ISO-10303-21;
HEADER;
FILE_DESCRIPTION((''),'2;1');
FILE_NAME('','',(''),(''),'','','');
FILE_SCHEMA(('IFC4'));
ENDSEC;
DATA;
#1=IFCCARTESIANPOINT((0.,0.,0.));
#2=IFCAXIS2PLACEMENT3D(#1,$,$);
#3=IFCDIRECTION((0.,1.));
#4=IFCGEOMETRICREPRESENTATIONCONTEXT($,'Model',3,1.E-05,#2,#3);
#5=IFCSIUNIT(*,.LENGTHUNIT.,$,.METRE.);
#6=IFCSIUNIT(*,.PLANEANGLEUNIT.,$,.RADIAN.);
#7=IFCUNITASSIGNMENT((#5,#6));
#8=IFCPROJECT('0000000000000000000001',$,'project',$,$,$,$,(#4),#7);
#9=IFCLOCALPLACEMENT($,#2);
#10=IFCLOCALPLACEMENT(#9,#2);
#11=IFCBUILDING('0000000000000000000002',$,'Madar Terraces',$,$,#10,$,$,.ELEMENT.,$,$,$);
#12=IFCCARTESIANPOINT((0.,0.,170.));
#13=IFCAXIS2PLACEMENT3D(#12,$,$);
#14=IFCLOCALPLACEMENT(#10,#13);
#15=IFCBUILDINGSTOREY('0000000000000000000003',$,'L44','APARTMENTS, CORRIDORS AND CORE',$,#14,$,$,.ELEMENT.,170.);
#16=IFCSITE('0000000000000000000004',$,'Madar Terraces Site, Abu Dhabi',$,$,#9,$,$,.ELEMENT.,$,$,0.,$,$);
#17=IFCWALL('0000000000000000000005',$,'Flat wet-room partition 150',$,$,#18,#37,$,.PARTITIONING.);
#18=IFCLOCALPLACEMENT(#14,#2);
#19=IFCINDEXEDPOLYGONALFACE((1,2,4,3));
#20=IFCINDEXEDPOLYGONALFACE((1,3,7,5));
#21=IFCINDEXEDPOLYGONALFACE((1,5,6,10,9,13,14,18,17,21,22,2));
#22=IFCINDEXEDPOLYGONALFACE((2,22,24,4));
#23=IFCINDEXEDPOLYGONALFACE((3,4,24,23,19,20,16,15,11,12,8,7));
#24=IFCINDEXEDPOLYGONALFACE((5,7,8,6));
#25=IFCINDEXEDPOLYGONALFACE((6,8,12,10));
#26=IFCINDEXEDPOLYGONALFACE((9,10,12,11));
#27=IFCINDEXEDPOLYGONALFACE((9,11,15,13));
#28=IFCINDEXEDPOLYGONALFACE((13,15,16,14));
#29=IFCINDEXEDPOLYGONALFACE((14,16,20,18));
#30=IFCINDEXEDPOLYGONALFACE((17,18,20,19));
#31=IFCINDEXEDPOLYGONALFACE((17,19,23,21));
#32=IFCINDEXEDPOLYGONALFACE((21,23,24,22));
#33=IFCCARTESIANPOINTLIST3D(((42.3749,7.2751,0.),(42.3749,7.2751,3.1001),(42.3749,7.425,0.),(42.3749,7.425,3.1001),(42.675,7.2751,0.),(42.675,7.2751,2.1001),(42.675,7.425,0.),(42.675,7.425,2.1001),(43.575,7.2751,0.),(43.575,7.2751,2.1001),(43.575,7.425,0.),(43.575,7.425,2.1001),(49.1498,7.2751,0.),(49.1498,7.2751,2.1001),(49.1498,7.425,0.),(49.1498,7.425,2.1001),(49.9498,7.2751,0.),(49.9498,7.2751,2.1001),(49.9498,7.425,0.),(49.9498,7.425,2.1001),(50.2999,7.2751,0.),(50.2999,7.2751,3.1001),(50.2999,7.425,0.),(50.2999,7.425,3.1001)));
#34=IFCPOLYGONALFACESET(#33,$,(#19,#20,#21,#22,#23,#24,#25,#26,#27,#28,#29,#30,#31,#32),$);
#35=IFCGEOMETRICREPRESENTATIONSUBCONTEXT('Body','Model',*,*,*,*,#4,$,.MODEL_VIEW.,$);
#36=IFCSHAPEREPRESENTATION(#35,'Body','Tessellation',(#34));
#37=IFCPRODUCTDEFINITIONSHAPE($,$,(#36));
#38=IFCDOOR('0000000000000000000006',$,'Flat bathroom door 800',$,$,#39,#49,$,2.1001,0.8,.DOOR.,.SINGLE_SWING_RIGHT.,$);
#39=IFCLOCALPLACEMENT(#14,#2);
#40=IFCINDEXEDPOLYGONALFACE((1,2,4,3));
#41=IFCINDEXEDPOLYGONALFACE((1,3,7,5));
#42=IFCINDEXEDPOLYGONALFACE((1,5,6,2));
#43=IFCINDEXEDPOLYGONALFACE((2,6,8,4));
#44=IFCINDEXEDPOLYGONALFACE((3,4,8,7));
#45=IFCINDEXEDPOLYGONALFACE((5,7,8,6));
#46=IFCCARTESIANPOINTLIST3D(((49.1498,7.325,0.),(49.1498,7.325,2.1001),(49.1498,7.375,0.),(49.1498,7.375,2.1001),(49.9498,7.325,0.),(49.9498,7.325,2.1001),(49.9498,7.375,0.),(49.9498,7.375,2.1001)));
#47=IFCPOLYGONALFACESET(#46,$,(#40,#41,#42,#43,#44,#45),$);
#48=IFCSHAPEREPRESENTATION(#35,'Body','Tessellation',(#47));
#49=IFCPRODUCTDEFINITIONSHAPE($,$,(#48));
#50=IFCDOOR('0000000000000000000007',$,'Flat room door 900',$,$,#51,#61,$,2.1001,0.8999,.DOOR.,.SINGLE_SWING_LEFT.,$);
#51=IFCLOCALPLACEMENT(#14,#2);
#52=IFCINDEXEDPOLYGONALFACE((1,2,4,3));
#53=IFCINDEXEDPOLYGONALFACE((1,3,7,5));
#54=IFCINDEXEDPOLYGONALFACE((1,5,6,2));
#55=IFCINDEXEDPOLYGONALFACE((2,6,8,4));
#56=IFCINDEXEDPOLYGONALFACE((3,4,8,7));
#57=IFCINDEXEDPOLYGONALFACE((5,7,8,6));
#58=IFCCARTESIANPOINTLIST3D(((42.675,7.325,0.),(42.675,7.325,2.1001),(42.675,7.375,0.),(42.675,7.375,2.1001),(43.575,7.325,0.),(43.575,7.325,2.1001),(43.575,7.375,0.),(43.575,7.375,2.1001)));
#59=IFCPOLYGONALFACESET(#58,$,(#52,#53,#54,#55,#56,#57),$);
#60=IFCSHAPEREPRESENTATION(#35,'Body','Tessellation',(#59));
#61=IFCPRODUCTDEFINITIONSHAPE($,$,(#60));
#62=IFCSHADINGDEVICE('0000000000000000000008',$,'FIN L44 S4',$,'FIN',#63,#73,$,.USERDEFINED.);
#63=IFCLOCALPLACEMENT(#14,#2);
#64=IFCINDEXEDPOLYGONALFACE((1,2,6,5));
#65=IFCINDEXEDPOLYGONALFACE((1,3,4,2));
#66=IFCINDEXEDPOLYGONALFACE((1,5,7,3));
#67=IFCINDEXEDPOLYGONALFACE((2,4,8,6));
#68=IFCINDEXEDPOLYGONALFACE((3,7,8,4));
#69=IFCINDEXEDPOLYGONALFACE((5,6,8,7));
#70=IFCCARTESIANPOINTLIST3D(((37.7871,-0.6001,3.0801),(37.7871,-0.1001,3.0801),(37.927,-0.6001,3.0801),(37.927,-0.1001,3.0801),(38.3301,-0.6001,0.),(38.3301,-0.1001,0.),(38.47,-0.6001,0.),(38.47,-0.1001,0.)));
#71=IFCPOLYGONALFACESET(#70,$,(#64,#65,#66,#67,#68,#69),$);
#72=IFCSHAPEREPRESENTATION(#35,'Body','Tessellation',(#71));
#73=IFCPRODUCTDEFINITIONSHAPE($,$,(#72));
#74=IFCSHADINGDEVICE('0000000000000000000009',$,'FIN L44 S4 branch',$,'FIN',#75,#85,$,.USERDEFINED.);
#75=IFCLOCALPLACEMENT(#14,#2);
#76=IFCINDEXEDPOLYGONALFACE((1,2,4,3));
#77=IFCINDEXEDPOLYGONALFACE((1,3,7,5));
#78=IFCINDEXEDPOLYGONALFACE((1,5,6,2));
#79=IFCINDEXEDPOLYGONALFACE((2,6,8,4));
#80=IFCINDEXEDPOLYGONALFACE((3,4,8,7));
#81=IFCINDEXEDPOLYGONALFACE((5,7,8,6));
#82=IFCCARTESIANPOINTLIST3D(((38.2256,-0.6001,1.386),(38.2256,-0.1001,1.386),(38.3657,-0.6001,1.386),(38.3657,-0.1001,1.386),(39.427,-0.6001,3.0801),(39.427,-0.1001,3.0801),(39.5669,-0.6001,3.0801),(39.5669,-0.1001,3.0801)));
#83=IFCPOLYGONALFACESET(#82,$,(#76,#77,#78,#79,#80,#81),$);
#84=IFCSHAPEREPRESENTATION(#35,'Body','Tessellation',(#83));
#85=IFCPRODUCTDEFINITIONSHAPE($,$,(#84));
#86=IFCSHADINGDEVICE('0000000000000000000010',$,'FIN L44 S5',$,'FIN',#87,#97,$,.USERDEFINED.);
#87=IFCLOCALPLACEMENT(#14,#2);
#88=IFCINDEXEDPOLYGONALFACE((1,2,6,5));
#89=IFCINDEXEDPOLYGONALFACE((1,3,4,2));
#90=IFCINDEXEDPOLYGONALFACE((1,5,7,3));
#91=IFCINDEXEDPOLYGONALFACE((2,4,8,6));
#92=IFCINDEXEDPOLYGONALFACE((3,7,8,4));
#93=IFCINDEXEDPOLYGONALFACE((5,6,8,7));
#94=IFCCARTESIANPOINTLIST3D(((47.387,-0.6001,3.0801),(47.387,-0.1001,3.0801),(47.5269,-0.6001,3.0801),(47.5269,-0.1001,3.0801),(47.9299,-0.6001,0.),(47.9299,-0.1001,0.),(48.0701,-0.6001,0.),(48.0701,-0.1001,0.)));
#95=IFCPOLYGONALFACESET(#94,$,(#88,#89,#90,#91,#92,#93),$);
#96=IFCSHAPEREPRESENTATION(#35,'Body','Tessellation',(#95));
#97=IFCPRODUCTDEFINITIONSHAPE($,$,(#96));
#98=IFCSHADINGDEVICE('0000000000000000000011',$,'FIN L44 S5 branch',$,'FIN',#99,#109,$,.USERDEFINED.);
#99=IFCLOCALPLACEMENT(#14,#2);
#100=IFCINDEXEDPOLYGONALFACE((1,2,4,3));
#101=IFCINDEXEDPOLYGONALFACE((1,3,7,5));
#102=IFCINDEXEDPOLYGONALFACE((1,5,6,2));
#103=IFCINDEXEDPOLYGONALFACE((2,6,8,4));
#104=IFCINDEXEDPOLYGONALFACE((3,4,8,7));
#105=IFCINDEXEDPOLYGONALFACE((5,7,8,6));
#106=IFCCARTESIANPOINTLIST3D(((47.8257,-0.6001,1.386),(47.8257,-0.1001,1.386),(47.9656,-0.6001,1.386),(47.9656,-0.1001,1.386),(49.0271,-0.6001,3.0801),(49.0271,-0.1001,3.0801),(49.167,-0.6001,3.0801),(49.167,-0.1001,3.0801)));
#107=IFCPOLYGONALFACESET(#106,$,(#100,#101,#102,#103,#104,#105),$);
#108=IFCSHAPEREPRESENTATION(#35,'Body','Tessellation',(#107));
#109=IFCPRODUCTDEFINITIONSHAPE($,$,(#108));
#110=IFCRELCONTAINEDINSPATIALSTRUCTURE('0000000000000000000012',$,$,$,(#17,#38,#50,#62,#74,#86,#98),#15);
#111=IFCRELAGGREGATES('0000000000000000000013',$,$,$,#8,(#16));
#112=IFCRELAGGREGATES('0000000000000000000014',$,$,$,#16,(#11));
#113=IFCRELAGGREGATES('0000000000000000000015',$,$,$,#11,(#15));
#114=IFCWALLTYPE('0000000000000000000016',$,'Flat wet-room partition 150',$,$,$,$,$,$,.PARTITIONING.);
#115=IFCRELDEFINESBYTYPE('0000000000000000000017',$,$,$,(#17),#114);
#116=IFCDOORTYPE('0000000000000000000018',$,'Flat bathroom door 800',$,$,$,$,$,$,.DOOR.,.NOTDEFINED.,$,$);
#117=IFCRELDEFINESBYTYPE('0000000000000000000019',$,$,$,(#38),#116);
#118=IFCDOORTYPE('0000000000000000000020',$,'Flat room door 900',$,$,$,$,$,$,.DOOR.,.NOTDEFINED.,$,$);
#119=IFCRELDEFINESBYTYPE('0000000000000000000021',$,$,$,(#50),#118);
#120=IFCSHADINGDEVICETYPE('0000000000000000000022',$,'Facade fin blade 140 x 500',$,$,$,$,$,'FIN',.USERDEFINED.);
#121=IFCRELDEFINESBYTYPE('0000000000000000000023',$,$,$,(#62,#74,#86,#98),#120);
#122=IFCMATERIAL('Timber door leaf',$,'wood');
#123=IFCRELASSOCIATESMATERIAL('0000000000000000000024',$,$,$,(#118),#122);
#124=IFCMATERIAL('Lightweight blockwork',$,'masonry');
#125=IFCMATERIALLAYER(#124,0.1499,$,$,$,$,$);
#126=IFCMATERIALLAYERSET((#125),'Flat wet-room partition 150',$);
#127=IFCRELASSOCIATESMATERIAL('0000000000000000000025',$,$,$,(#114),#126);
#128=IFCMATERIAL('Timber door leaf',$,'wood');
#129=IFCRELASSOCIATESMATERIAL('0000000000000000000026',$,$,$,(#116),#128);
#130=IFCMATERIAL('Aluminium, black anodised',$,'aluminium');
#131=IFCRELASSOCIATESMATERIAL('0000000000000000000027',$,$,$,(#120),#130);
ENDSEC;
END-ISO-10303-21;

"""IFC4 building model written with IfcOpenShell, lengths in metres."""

from ifc_helpers import new_model, si_unit, direction, frame, frame_2d, origin, place, context, subcontext, project, spatial, polyline, rectangle, outline, extrude, material, layer, layer_set, type_object, element, fill, save


model = new_model("IFC4")

# Units and contexts
model_context = context("Model", 3, precision=1e-05, world=origin(), true_north=direction((0.0, 1.0)))
body_context = subcontext(model_context, "Body", "Model", "MODEL_VIEW")
ifc_project = project(units=[si_unit("LENGTHUNIT", "METRE"), si_unit("PLANEANGLEUNIT", "RADIAN")], contexts=[model_context])

# Site, building, storey
site_placement = place(None, origin())
site = spatial("IfcSite", under=ifc_project, at=site_placement, Name="Madar Terraces Site, Abu Dhabi", CompositionType="ELEMENT", RefElevation=0.0)
building_placement = place(site_placement, origin())
building = spatial("IfcBuilding", under=site, at=building_placement, Name="Madar Terraces", CompositionType="ELEMENT")
storey_placement = place(building_placement, frame((0.0, 0.0, 170.0)))
storey = spatial("IfcBuildingStorey", under=building, at=storey_placement, Name="L44", Description="APARTMENTS, CORRIDORS AND CORE", CompositionType="ELEMENT", Elevation=170.0)

# Shared definitions
ifc_material_1 = material(Name="Timber door leaf", Category="wood")
door_type_1 = type_object("IfcDoorType", Name="Flat room door 900", OperationType="NOTDEFINED", PredefinedType="DOOR", material=ifc_material_1)

# Shared definitions
ifc_material_2 = material(Name="Lightweight blockwork", Category="masonry")
ifc_layer_1 = layer(ifc_material_2, 0.1499)
ifc_layer_set_1 = layer_set([ifc_layer_1], Name="Flat wet-room partition 150")
wall_type_1 = type_object("IfcWallType", Name="Flat wet-room partition 150", PredefinedType="PARTITIONING", material=ifc_layer_set_1)

# Wall, openings, doors
wall_1_placement = place(storey_placement, frame((42.375, 7.3501, 0.0), z_axis=(0.0, 0.0, 1.0), x_axis=(1.0, 0.0, 0.0)))
wall_1 = element("IfcWall", 1, at=wall_1_placement, inside=storey, type_object=wall_type_1, Name="Flat wet-room partition 150", PredefinedType="PARTITIONING", context=body_context, shape_type="SweptSolid", body=[
    extrude(rectangle(XDim=7.925, YDim=0.1499, at=frame_2d((3.9624, 0.0))), origin(), (0.0, 0.0, 1.0), 3.1001),
])
opening_1_placement = place(wall_1_placement, frame((0.3, 0.0, 0.0)))
opening_1 = element("IfcOpeningElement", 2, at=opening_1_placement, cuts=wall_1, PredefinedType="OPENING", context=body_context, shape_type="SweptSolid", body=[
    extrude(rectangle(XDim=0.8999, YDim=2.1001, at=frame_2d((0.45, 1.05))), frame((0.0, 0.085, 0.0), z_axis=(0.0, -1.0, 0.0), x_axis=(1.0, 0.0, 0.0)), (0.0, 0.0, 1.0), 0.1699),
])
opening_2_placement = place(wall_1_placement, frame((6.7749, 0.0, 0.0)))
opening_2 = element("IfcOpeningElement", 3, at=opening_2_placement, cuts=wall_1, PredefinedType="OPENING", context=body_context, shape_type="SweptSolid", body=[
    extrude(rectangle(XDim=0.8, YDim=2.1001, at=frame_2d((0.3999, 1.05))), frame((0.0, 0.085, 0.0), z_axis=(0.0, -1.0, 0.0), x_axis=(1.0, 0.0, 0.0)), (0.0, 0.0, 1.0), 0.1699),
])
ifc_material_3 = material(Name="Timber door leaf", Category="wood")
door_type_2 = type_object("IfcDoorType", Name="Flat bathroom door 800", OperationType="NOTDEFINED", PredefinedType="DOOR", material=ifc_material_3)
door_1_placement = place(opening_2_placement, origin())
door_1 = element("IfcDoor", 4, at=door_1_placement, inside=storey, type_object=door_type_2, Name="Flat bathroom door 800", OperationType="SINGLE_SWING_RIGHT", OverallHeight=2.1001, OverallWidth=0.8, PredefinedType="DOOR", context=body_context, shape_type="SweptSolid", body=[
    extrude(rectangle(XDim=0.8, YDim=2.1001, at=frame_2d((0.3999, 1.05))), frame((0.0, 0.0249, 0.0), z_axis=(0.0, -1.0, 0.0), x_axis=(1.0, 0.0, 0.0)), (0.0, 0.0, 1.0), 0.05),
])
fill(opening_2, door_1)
door_2_placement = place(opening_1_placement, origin())
door_2 = element("IfcDoor", 5, at=door_2_placement, inside=storey, type_object=door_type_1, Name="Flat room door 900", OperationType="SINGLE_SWING_LEFT", OverallHeight=2.1001, OverallWidth=0.8999, PredefinedType="DOOR", context=body_context, shape_type="SweptSolid", body=[
    extrude(rectangle(XDim=0.8999, YDim=2.1001, at=frame_2d((0.45, 1.05))), frame((0.0, 0.0249, 0.0), z_axis=(0.0, -1.0, 0.0), x_axis=(1.0, 0.0, 0.0)), (0.0, 0.0, 1.0), 0.05),
])
fill(opening_1, door_2)

# Shading devices
ifc_material_4 = material(Name="Aluminium, black anodised", Category="aluminium")
shading_device_type = type_object("IfcShadingDeviceType", Name="Facade fin blade 140 x 500", ElementType="FIN", PredefinedType="USERDEFINED", material=ifc_material_4)
shading_device_1_placement = place(storey_placement, frame((38.3301, -0.3501, 0.0), z_axis=(0.0, 0.0, 1.0), x_axis=(1.0, 0.0, 0.0)))
element("IfcShadingDevice", 6, at=shading_device_1_placement, inside=storey, type_object=shading_device_type, Name="FIN L44 S4", ObjectType="FIN", PredefinedType="USERDEFINED", context=body_context, shape_type="SweptSolid", body=[
    extrude(outline(polyline([(0.0, 0.0), (0.1399, 0.0), (-0.4031, 3.0801), (-0.543, 3.0801), (0.0, 0.0)])), frame((0.0, 0.25, 0.0), z_axis=(0.0, -1.0, 0.0), x_axis=(1.0, 0.0, 0.0)), (0.0, 0.0, 1.0), 0.5),
])
shading_device_2_placement = place(storey_placement, frame((38.2256, -0.3501, 1.386), z_axis=(0.0, 0.0, 1.0), x_axis=(1.0, 0.0, 0.0)))
element("IfcShadingDevice", 7, at=shading_device_2_placement, inside=storey, type_object=shading_device_type, Name="FIN L44 S4 branch", ObjectType="FIN", PredefinedType="USERDEFINED", context=body_context, shape_type="SweptSolid", body=[
    extrude(outline(polyline([(0.0, 0.0), (0.1401, 0.0), (1.3413, 1.6941), (1.2014, 1.6941), (0.0, 0.0)])), frame((0.0, 0.25, 0.0), z_axis=(0.0, -1.0, 0.0), x_axis=(1.0, 0.0, 0.0)), (0.0, 0.0, 1.0), 0.5),
])
shading_device_3_placement = place(storey_placement, frame((47.9299, -0.3501, 0.0), z_axis=(0.0, 0.0, 1.0), x_axis=(1.0, 0.0, 0.0)))
element("IfcShadingDevice", 8, at=shading_device_3_placement, inside=storey, type_object=shading_device_type, Name="FIN L44 S5", ObjectType="FIN", PredefinedType="USERDEFINED", context=body_context, shape_type="SweptSolid", body=[
    extrude(outline(polyline([(0.0, 0.0), (0.1401, 0.0), (-0.4031, 3.0801), (-0.543, 3.0801), (0.0, 0.0)])), frame((0.0, 0.25, 0.0), z_axis=(0.0, -1.0, 0.0), x_axis=(1.0, 0.0, 0.0)), (0.0, 0.0, 1.0), 0.5),
])
shading_device_4_placement = place(storey_placement, frame((47.8257, -0.3501, 1.386), z_axis=(0.0, 0.0, 1.0), x_axis=(1.0, 0.0, 0.0)))
element("IfcShadingDevice", 9, at=shading_device_4_placement, inside=storey, type_object=shading_device_type, Name="FIN L44 S5 branch", ObjectType="FIN", PredefinedType="USERDEFINED", context=body_context, shape_type="SweptSolid", body=[
    extrude(outline(polyline([(0.0, 0.0), (0.1399, 0.0), (1.3413, 1.6941), (1.2014, 1.6941), (0.0, 0.0)])), frame((0.0, 0.25, 0.0), z_axis=(0.0, -1.0, 0.0), x_axis=(1.0, 0.0, 0.0)), (0.0, 0.0, 1.0), 0.5),
])

save(model, "model.ifc")
